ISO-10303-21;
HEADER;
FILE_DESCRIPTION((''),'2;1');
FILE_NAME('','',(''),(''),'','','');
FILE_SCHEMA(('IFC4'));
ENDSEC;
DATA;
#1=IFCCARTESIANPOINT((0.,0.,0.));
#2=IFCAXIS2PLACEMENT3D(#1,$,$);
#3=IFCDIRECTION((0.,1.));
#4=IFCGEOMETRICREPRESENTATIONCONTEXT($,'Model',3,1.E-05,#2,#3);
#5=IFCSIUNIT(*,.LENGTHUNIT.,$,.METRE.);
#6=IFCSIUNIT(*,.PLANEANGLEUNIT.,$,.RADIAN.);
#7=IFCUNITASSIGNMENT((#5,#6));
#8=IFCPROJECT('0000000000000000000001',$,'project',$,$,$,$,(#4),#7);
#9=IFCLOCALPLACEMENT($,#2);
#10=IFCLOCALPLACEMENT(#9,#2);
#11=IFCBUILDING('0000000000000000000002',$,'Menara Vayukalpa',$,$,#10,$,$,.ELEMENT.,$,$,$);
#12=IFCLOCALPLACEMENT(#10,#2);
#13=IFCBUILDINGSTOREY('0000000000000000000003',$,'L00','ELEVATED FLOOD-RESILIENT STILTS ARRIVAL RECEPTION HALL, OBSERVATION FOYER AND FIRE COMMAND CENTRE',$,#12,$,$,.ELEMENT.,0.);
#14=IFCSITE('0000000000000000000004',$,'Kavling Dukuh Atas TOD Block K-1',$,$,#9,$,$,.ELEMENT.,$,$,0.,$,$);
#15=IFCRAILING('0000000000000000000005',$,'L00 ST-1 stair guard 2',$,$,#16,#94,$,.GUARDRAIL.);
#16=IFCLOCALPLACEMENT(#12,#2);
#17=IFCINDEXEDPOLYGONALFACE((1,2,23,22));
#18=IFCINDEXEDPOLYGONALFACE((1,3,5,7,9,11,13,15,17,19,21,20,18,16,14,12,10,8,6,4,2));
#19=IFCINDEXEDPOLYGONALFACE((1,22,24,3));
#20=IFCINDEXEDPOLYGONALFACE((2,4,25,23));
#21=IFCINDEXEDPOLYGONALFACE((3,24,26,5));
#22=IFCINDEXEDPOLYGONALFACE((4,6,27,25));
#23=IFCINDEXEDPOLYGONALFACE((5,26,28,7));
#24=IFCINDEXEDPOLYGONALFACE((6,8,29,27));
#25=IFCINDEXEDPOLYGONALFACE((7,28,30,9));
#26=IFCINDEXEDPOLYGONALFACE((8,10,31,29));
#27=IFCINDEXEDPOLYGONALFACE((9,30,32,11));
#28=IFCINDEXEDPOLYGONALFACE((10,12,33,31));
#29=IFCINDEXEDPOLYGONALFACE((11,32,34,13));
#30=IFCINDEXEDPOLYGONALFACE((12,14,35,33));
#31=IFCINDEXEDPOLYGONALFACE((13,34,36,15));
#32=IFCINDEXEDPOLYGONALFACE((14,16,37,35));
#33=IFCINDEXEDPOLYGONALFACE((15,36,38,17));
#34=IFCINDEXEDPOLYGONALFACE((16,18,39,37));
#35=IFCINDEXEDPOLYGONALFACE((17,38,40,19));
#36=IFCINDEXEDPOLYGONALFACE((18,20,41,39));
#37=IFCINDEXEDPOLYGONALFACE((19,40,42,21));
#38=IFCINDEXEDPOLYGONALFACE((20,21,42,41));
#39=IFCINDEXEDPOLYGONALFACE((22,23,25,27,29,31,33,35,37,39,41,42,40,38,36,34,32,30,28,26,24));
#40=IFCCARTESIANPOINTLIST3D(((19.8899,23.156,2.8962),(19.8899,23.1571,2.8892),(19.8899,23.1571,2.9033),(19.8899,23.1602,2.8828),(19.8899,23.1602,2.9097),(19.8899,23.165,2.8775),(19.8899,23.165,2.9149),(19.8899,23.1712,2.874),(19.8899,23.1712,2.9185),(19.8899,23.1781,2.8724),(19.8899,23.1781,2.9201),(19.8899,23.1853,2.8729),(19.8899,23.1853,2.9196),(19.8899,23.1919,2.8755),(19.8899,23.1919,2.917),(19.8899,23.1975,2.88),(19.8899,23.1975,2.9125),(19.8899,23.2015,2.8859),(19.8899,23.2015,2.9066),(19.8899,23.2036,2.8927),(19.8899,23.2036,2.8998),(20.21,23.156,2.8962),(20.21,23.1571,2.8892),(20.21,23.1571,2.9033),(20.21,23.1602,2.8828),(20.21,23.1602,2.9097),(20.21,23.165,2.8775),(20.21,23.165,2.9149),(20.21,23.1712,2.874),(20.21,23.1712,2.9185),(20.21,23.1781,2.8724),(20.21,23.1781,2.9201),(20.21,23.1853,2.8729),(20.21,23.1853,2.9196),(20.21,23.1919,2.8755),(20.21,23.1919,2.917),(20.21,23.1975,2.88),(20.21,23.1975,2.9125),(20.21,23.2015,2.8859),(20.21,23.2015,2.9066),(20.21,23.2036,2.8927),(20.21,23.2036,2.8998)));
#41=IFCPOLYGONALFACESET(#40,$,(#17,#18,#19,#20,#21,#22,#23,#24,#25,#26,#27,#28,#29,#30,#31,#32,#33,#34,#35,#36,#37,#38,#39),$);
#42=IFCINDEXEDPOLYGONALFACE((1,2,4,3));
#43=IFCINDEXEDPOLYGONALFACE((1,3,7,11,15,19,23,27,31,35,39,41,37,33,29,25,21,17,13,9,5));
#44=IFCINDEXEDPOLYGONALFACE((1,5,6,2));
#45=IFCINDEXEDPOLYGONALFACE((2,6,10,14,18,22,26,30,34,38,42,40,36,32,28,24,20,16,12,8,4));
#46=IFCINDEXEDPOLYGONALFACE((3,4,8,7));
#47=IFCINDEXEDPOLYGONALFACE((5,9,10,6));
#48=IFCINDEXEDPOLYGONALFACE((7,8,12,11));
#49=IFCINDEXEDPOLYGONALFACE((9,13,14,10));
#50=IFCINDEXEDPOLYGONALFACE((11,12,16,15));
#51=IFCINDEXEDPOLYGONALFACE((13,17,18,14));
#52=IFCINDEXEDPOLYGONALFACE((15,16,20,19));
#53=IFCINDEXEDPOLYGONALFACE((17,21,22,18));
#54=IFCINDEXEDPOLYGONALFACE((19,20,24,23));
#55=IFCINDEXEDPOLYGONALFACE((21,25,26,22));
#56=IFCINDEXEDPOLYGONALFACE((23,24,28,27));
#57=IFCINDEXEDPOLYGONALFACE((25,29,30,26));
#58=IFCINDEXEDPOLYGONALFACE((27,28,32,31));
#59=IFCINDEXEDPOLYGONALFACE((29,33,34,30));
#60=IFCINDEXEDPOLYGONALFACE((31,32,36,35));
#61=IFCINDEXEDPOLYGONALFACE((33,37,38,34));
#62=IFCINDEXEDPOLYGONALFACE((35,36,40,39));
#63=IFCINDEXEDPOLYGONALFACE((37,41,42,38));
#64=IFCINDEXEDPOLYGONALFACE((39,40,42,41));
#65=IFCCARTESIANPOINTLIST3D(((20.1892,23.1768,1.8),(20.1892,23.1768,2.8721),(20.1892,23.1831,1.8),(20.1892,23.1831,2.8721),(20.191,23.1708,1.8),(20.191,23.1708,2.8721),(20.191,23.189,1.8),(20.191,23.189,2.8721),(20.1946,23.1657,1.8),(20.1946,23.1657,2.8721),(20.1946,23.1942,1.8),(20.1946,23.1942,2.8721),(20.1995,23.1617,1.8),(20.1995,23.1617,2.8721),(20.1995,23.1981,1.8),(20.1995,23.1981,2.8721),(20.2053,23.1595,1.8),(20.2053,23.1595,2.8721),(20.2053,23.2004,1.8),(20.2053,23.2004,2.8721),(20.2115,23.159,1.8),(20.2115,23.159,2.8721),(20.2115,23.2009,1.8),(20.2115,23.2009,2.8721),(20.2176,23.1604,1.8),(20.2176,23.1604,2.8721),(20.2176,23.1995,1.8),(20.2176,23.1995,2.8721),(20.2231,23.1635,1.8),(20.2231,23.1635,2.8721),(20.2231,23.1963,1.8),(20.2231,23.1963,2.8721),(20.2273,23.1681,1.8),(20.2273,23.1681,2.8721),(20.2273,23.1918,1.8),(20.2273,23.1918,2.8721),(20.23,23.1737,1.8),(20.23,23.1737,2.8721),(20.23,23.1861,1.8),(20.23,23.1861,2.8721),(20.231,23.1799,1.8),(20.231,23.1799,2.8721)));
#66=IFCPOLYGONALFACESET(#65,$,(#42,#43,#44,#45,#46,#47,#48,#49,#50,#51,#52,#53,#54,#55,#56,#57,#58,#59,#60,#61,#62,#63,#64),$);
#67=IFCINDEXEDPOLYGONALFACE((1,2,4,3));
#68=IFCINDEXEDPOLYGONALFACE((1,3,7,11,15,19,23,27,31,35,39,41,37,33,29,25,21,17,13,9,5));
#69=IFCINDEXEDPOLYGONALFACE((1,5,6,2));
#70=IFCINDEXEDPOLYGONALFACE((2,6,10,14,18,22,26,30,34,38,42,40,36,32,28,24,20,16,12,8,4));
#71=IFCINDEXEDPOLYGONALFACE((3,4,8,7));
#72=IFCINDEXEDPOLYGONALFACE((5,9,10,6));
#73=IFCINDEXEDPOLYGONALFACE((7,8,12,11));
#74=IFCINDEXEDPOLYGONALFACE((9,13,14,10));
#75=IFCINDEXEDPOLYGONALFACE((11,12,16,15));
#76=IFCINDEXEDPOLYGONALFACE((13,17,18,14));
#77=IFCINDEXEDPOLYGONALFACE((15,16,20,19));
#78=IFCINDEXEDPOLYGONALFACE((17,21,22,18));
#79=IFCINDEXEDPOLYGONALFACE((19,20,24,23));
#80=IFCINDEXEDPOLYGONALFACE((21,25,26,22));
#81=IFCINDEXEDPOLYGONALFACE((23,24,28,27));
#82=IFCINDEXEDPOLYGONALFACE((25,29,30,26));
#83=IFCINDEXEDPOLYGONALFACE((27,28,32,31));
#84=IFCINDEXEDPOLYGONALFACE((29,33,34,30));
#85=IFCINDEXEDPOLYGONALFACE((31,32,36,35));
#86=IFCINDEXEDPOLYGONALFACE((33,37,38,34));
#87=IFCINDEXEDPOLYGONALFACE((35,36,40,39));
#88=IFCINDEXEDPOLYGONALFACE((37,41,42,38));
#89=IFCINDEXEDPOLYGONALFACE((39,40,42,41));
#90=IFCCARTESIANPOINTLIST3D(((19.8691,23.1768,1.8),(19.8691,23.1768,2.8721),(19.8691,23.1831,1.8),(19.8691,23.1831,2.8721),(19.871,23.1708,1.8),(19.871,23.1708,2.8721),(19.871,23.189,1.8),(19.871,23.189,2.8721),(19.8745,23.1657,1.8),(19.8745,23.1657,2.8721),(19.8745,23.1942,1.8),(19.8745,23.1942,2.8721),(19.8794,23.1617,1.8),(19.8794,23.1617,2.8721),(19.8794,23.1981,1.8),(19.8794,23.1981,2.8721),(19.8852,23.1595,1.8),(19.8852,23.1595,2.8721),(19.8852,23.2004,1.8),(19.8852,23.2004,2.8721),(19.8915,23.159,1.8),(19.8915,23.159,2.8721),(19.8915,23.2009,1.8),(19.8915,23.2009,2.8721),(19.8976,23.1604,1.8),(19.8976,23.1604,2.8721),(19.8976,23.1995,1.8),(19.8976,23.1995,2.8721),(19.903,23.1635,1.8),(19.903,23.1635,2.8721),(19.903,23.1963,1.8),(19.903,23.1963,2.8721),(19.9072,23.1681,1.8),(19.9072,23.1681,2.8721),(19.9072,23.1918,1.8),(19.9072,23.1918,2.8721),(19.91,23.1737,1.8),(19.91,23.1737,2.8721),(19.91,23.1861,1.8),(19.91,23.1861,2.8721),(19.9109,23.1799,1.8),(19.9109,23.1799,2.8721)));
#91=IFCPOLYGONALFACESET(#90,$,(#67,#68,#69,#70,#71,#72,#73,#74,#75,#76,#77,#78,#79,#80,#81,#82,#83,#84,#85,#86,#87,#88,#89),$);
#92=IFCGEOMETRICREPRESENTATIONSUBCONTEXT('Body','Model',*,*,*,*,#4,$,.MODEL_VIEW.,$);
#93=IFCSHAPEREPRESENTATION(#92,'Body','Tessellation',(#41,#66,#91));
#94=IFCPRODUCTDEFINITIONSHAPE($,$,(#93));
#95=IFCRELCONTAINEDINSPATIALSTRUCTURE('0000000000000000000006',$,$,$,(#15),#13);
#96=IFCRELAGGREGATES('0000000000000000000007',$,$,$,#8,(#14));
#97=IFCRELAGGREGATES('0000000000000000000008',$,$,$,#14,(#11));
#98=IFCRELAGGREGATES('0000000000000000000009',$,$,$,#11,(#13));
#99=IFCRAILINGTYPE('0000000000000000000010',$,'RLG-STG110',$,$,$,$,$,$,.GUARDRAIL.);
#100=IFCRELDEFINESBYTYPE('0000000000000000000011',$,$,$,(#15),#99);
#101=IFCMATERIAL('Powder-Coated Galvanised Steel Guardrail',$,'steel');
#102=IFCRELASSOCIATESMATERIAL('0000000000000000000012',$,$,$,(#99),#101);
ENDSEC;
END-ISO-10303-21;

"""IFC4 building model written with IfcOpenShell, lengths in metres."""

from ifc_helpers import new_model, si_unit, direction, frame, origin, origin_2d, place, context, subcontext, project, spatial, circle, extrude, material, type_object, element, save


model = new_model("IFC4")

# Units and contexts
model_context = context("Model", 3, precision=1e-05, world=origin(), true_north=direction((0.0, 1.0)))
body_context = subcontext(model_context, "Body", "Model", "MODEL_VIEW")
ifc_project = project(units=[si_unit("LENGTHUNIT", "METRE"), si_unit("PLANEANGLEUNIT", "RADIAN")], contexts=[model_context])

# Site, building, storey
site_placement = place(None, origin())
site = spatial("IfcSite", under=ifc_project, at=site_placement, Name="Kavling Dukuh Atas TOD Block K-1", CompositionType="ELEMENT", RefElevation=0.0)
building_placement = place(site_placement, origin())
building = spatial("IfcBuilding", under=site, at=building_placement, Name="Menara Vayukalpa", CompositionType="ELEMENT")
storey_placement = place(building_placement, origin())
storey = spatial("IfcBuildingStorey", under=building, at=storey_placement, Name="L00", Description="ELEVATED FLOOD-RESILIENT STILTS ARRIVAL RECEPTION HALL, OBSERVATION FOYER AND FIRE COMMAND CENTRE", CompositionType="ELEMENT", Elevation=0.0)

# Railing
ifc_material_1 = material(Name="Powder-Coated Galvanised Steel Guardrail", Category="steel")
railing_type_1 = type_object("IfcRailingType", Name="RLG-STG110", PredefinedType="GUARDRAIL", material=ifc_material_1)
railing_1_placement = place(storey_placement, frame((20.21, 23.1799, 1.8)))
element("IfcRailing", 1, at=railing_1_placement, inside=storey, type_object=railing_type_1, Name="L00 ST-1 stair guard 2", PredefinedType="GUARDRAIL", context=body_context, shape_type="SweptSolid", body=[
    extrude(circle(Radius=0.0239, at=origin_2d()), frame((0.0, 0.0, 1.0962), z_axis=(-1.0, 0.0, 0.0), x_axis=(0.0, -1.0, 0.0)), (0.0, 0.0, 1.0), 0.3201),
    extrude(circle(Radius=0.021, at=origin_2d()), origin(), (0.0, 0.0, 1.0), 1.072),
    extrude(circle(Radius=0.021, at=origin_2d()), frame((-0.3201, 0.0, 0.0)), (0.0, 0.0, 1.0), 1.072),
])

save(model, "model.ifc")
